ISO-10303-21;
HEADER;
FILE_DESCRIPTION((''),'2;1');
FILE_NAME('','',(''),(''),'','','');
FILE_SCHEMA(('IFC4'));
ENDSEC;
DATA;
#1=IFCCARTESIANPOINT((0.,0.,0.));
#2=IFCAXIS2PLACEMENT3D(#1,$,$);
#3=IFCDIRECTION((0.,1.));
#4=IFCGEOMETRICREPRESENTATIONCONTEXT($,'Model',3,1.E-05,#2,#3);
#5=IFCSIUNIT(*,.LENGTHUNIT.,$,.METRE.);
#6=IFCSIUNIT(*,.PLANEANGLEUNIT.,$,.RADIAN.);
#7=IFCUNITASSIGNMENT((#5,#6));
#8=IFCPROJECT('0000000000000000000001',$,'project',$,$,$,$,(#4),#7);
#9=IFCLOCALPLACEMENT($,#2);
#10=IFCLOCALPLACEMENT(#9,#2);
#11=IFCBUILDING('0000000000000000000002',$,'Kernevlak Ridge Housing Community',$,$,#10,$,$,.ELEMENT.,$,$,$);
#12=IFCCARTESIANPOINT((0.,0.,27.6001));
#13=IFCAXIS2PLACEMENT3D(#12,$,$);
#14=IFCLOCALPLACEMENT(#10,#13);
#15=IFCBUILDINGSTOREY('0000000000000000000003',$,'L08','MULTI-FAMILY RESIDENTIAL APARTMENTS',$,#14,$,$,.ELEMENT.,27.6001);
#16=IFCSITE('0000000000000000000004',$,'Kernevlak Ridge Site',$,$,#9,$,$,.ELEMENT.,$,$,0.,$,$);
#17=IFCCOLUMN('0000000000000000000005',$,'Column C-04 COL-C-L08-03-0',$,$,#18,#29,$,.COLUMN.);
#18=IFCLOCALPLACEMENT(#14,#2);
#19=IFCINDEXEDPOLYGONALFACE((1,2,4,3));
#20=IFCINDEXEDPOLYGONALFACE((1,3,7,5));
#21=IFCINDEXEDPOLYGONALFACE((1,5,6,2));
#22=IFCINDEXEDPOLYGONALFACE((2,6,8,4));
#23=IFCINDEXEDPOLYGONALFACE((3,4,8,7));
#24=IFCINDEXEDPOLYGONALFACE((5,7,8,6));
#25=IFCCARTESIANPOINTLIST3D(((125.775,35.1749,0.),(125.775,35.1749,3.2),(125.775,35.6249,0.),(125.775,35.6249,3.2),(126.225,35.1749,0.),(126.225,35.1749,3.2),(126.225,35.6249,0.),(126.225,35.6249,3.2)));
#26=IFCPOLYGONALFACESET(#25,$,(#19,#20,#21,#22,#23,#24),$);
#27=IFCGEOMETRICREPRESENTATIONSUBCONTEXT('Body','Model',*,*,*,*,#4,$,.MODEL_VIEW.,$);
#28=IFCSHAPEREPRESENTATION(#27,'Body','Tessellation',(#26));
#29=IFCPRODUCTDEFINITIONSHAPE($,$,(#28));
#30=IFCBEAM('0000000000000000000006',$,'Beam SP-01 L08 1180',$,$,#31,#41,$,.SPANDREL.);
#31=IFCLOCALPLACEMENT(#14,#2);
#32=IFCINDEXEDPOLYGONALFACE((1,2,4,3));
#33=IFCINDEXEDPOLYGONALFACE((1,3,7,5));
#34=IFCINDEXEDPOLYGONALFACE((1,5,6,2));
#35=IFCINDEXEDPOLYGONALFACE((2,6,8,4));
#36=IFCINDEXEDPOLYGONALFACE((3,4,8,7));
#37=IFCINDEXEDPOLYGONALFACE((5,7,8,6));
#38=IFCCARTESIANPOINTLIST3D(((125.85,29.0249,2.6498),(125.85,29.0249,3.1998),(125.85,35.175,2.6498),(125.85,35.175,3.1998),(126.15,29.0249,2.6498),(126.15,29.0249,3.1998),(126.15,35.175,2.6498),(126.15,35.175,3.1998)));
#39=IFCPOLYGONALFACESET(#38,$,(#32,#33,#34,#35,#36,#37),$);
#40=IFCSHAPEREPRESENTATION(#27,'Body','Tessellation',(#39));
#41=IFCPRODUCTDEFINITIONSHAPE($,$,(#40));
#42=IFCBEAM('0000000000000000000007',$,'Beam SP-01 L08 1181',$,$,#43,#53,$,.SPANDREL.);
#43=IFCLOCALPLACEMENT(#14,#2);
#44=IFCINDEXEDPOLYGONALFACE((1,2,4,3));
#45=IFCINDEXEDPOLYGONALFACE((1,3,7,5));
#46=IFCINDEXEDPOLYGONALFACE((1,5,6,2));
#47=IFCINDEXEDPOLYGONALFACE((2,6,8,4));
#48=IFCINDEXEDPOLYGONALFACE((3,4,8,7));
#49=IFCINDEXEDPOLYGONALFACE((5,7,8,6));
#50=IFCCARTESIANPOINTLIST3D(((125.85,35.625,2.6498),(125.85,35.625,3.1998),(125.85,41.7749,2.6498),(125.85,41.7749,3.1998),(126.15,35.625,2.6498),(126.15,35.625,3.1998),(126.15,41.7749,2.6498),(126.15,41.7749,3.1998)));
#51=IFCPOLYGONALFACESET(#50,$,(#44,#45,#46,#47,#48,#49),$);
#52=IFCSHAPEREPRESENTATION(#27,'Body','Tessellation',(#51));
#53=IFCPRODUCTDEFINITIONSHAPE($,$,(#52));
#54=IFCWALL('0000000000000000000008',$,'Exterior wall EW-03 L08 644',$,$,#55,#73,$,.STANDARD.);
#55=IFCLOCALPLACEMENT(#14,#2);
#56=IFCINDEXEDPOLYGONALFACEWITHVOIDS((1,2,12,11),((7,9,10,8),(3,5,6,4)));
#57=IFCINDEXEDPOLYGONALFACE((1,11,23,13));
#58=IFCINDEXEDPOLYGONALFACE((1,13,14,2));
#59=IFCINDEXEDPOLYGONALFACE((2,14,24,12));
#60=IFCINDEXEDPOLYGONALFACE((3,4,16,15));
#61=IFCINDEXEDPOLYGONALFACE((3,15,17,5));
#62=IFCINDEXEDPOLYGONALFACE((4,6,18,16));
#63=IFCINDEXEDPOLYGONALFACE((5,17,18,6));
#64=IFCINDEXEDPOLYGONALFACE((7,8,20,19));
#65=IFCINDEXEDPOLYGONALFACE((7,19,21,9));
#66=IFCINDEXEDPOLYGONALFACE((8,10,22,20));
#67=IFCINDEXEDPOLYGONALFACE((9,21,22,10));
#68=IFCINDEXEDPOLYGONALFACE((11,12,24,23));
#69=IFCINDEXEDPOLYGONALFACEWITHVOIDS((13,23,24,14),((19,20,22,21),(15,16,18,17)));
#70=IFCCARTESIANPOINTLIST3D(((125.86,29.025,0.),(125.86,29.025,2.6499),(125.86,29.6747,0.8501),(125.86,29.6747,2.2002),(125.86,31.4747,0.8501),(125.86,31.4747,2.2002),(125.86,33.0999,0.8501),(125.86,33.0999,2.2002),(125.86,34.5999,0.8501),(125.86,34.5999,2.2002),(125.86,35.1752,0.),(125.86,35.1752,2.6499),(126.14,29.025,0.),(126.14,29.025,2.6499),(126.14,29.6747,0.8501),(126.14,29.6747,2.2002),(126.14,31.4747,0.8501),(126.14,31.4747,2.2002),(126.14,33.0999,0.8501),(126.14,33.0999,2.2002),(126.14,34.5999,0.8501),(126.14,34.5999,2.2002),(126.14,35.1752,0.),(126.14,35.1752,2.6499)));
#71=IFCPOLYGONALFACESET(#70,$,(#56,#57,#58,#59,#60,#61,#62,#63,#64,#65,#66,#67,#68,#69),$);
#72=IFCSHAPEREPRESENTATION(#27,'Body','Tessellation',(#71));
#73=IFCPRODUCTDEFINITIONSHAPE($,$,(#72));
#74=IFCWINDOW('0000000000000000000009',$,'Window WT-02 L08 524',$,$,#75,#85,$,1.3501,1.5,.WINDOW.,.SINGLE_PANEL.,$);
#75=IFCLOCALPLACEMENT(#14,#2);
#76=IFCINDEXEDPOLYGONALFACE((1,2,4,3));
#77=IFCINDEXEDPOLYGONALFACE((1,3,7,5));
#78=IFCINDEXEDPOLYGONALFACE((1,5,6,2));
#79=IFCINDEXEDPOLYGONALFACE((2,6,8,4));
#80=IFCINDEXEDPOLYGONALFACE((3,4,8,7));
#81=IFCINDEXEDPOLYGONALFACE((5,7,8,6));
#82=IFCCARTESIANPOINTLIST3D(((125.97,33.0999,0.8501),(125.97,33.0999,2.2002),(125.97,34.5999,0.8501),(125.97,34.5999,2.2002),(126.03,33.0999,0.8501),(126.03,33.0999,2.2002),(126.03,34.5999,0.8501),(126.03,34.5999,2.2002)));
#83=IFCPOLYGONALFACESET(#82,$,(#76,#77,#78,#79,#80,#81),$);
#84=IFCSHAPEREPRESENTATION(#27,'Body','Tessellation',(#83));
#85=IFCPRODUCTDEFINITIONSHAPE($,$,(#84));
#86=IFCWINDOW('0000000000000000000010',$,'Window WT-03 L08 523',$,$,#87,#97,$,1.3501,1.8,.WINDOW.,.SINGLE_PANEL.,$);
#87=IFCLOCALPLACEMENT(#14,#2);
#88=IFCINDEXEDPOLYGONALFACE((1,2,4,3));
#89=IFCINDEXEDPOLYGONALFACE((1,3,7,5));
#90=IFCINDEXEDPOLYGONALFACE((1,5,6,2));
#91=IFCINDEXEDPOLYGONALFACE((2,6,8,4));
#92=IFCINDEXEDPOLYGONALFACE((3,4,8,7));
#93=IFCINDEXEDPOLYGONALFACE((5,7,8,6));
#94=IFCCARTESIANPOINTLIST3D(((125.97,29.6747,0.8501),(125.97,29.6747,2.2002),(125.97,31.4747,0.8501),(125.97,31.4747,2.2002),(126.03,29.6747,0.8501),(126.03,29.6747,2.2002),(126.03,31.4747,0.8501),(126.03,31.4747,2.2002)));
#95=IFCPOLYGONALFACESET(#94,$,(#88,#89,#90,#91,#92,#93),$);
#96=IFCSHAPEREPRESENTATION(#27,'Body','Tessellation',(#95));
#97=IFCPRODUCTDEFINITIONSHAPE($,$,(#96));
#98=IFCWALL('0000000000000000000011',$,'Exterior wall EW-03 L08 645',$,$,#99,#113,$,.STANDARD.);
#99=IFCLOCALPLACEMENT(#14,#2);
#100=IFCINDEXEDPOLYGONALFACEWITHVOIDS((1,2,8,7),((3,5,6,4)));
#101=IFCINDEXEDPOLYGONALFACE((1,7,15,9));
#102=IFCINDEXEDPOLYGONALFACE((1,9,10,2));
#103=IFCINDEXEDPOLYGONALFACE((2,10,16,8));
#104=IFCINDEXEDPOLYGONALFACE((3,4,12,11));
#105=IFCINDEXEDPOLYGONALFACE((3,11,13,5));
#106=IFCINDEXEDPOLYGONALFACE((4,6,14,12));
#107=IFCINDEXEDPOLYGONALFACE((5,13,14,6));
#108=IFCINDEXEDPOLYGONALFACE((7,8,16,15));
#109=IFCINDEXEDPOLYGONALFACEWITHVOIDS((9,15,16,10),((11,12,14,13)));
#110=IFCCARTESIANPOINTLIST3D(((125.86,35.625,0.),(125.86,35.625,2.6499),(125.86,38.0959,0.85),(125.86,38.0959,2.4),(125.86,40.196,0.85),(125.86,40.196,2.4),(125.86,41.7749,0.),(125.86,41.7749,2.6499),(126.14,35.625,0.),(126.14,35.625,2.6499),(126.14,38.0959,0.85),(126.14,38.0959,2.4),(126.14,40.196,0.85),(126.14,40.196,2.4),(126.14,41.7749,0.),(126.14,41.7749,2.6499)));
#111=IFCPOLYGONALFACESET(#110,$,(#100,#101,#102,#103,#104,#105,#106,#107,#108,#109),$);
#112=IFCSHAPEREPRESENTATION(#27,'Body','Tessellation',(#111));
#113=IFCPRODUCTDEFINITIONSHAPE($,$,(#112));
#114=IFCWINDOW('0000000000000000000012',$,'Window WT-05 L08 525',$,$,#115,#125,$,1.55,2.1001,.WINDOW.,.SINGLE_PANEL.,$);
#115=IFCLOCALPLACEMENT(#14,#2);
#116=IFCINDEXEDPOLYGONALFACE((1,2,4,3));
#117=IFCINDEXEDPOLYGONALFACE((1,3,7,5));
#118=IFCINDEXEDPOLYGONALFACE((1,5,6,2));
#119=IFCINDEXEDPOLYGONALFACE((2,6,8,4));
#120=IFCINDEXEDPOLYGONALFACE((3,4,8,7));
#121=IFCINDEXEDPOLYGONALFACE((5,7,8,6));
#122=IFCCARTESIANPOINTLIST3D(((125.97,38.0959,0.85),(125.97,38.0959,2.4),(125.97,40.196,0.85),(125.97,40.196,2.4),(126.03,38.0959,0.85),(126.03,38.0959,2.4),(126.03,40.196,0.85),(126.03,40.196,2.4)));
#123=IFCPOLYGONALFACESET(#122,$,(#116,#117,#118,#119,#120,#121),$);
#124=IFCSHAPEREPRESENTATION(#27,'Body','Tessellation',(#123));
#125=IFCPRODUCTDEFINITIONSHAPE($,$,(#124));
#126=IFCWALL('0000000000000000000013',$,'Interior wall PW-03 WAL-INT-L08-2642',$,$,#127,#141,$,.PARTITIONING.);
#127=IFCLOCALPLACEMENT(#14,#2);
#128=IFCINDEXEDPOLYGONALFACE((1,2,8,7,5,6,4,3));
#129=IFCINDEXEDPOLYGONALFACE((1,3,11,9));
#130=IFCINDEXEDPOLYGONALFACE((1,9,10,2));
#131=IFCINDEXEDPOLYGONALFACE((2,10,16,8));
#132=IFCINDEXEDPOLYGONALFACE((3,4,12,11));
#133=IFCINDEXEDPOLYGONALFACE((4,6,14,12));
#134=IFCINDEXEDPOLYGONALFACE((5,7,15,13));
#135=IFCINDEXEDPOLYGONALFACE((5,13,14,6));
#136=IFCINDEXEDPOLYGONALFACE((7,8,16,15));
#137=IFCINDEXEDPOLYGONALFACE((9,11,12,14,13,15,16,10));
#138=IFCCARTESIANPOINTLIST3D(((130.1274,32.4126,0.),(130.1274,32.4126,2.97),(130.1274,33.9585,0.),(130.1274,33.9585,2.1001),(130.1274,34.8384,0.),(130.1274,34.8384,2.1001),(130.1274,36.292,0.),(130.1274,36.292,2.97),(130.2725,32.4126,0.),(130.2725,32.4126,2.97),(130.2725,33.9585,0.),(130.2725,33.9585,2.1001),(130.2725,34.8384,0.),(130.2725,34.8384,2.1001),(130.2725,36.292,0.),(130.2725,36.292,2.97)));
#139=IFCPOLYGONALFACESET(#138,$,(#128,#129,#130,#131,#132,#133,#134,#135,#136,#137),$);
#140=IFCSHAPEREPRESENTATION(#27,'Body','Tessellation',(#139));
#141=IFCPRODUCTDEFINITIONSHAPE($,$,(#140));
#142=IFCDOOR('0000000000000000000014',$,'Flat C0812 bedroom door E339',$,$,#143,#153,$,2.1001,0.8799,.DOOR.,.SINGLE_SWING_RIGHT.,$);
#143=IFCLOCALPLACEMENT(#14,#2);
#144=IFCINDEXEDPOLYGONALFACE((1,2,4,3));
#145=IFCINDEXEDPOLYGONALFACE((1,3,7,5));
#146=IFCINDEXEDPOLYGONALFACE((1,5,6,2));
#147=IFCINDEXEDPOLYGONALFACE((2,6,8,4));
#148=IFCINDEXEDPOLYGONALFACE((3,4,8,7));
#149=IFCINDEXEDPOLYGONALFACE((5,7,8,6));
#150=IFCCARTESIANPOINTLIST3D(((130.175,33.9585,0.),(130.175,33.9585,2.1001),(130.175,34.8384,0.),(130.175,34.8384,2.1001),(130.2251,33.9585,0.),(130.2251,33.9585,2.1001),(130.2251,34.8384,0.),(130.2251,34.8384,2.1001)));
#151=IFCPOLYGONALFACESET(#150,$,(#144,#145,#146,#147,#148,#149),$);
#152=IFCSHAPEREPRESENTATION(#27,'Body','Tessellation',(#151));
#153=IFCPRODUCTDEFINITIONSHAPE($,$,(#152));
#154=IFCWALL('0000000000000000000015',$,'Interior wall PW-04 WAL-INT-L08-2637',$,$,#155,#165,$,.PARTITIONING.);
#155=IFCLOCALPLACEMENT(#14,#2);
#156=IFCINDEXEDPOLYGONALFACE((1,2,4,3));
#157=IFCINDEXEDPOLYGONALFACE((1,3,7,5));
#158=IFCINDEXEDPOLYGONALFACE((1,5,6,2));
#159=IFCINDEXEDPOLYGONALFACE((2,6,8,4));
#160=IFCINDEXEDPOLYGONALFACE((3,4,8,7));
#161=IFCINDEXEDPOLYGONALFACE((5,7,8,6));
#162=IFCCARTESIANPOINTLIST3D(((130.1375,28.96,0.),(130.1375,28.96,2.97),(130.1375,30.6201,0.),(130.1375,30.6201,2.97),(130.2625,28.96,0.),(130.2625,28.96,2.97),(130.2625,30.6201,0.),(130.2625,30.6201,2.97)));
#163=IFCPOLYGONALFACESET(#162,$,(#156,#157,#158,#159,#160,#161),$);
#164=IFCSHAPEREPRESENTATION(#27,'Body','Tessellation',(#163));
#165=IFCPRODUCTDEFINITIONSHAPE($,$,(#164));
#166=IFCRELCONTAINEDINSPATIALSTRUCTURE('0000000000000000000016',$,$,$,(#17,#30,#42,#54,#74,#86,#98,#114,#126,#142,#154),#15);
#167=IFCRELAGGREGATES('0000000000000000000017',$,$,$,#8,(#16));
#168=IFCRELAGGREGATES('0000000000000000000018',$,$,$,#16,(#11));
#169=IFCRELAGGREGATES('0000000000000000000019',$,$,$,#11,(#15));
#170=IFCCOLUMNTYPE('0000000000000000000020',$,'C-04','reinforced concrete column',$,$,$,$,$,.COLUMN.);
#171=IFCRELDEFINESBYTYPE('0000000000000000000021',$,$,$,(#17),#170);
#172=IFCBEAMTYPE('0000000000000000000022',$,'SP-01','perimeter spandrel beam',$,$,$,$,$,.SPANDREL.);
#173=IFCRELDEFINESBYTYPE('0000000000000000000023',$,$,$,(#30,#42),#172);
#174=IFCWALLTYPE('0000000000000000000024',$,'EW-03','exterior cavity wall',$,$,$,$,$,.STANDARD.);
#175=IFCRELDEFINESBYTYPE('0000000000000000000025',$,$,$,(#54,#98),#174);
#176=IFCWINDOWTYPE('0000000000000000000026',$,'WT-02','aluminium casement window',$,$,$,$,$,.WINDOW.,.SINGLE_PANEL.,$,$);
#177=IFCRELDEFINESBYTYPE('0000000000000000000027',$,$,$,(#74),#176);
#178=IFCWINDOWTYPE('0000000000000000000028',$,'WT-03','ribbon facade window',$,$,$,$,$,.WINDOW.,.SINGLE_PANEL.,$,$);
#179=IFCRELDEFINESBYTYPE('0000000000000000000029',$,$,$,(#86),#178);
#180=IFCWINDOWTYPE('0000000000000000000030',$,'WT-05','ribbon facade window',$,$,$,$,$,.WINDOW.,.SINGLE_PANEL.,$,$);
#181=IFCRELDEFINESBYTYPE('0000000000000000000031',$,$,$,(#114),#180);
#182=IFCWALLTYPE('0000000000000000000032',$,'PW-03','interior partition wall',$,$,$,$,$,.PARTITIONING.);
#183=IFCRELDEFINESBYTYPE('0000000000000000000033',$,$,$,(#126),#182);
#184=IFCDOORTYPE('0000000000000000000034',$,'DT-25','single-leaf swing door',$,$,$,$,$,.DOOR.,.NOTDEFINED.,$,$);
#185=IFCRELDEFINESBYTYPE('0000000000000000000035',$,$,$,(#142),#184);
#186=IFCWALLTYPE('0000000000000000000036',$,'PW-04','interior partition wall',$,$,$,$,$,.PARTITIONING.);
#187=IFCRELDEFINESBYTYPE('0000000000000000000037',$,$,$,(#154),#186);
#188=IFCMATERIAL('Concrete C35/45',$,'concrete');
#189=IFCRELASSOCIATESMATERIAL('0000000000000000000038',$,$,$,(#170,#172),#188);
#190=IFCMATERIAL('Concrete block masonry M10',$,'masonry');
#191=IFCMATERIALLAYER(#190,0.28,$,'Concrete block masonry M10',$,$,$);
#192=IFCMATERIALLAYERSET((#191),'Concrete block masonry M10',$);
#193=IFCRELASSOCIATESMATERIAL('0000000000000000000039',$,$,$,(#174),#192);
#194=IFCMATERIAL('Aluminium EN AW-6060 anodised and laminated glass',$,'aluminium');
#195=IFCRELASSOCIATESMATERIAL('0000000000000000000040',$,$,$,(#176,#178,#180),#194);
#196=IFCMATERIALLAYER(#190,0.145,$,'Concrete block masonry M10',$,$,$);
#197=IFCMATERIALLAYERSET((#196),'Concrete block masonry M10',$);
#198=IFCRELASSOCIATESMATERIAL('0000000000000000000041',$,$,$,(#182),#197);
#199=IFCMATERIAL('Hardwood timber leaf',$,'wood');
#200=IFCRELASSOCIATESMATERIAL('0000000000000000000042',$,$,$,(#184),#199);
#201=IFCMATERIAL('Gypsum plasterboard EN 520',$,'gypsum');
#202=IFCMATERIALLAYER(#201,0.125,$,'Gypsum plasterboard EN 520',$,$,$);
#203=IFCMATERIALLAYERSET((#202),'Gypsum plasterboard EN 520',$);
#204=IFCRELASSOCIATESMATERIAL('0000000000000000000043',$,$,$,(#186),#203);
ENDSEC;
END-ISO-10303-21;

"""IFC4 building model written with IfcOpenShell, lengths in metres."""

from ifc_helpers import new_model, si_unit, direction, frame, frame_2d, origin, origin_2d, place, context, subcontext, project, spatial, rectangle, extrude, material, layer, layer_set, material_profile, profile_set, type_object, element, fill, save


model = new_model("IFC4")

# Units and contexts
model_context = context("Model", 3, precision=1e-05, world=origin(), true_north=direction((0.0, 1.0)))
body_context = subcontext(model_context, "Body", "Model", "MODEL_VIEW")
ifc_project = project(units=[si_unit("LENGTHUNIT", "METRE"), si_unit("PLANEANGLEUNIT", "RADIAN")], contexts=[model_context])

# Site, building, storey
site_placement = place(None, origin())
site = spatial("IfcSite", under=ifc_project, at=site_placement, Name="Kernevlak Ridge Site", CompositionType="ELEMENT", RefElevation=0.0)
building_placement = place(site_placement, origin())
building = spatial("IfcBuilding", under=site, at=building_placement, Name="Kernevlak Ridge Housing Community", CompositionType="ELEMENT")
storey_placement = place(building_placement, frame((0.0, 0.0, 27.6001)))
storey = spatial("IfcBuildingStorey", under=building, at=storey_placement, Name="L08", Description="MULTI-FAMILY RESIDENTIAL APARTMENTS", CompositionType="ELEMENT", Elevation=27.6001)

# Column
ifc_material_1 = material(Name="Concrete C35/45", Category="concrete")
ifc_material_profile_1 = material_profile(ifc_material_1, rectangle(XDim=0.45, YDim=0.45, at=origin_2d()), Name="RC 450x450")
ifc_profile_set_1 = profile_set([ifc_material_profile_1], Name="Concrete C35/45")
column_type = type_object("IfcColumnType", Name="C-04", Description="reinforced concrete column", PredefinedType="COLUMN", material=ifc_profile_set_1)
column_placement = place(storey_placement, frame((126.0, 35.3999, 0.0), z_axis=(0.0, 0.0, 1.0), x_axis=(1.0, 0.0, 0.0)))
element("IfcColumn", 1, at=column_placement, inside=storey, type_object=column_type, Name="Column C-04 COL-C-L08-03-0", PredefinedType="COLUMN", context=body_context, shape_type="SweptSolid", body=[
    extrude(rectangle(XDim=0.45, YDim=0.45, at=origin_2d()), origin(), (0.0, 0.0, 1.0), 3.2),
])

# Beams
ifc_material_profile_2 = material_profile(ifc_material_1, rectangle(XDim=0.3, YDim=0.55, at=origin_2d()), Name="RC 300x550")
ifc_profile_set_2 = profile_set([ifc_material_profile_2], Name="Concrete C35/45")
beam_type = type_object("IfcBeamType", Name="SP-01", Description="perimeter spandrel beam", PredefinedType="SPANDREL", material=ifc_profile_set_2)
beam_1_placement = place(storey_placement, frame((126.0, 29.0249, 2.9248), z_axis=(0.0, 1.0, 0.0), x_axis=(-1.0, 0.0, 0.0)))
element("IfcBeam", 2, at=beam_1_placement, inside=storey, type_object=beam_type, Name="Beam SP-01 L08 1180", PredefinedType="SPANDREL", context=body_context, shape_type="SweptSolid", body=[
    extrude(rectangle(XDim=0.3, YDim=0.55, at=origin_2d()), origin(), (0.0, 0.0, 1.0), 6.1501),
])
beam_2_placement = place(storey_placement, frame((126.0, 35.625, 2.9248), z_axis=(0.0, 1.0, 0.0), x_axis=(-1.0, 0.0, 0.0)))
element("IfcBeam", 3, at=beam_2_placement, inside=storey, type_object=beam_type, Name="Beam SP-01 L08 1181", PredefinedType="SPANDREL", context=body_context, shape_type="SweptSolid", body=[
    extrude(rectangle(XDim=0.3, YDim=0.55, at=origin_2d()), origin(), (0.0, 0.0, 1.0), 6.1499),
])

# Wall, openings, windows
ifc_material_2 = material(Name="Concrete block masonry M10", Category="masonry")
ifc_layer_1 = layer(ifc_material_2, 0.28, Name="Concrete block masonry M10")
ifc_layer_set_1 = layer_set([ifc_layer_1], Name="Concrete block masonry M10")
wall_type_1 = type_object("IfcWallType", Name="EW-03", Description="exterior cavity wall", PredefinedType="STANDARD", material=ifc_layer_set_1)
wall_1_placement = place(storey_placement, frame((126.0, 29.0249, 0.0), z_axis=(0.0, 0.0, 1.0), x_axis=(0.0, 1.0, 0.0)))
wall_1 = element("IfcWall", 4, at=wall_1_placement, inside=storey, type_object=wall_type_1, Name="Exterior wall EW-03 L08 644", PredefinedType="STANDARD", context=body_context, shape_type="SweptSolid", body=[
    extrude(rectangle(XDim=6.1501, YDim=0.28, at=frame_2d((3.0752, 0.0))), origin(), (0.0, 0.0, 1.0), 2.6499),
])
opening_1_placement = place(wall_1_placement, frame((0.6499, 0.0, 0.8501)))
opening_1 = element("IfcOpeningElement", 5, at=opening_1_placement, cuts=wall_1, PredefinedType="OPENING", context=body_context, shape_type="SweptSolid", body=[
    extrude(rectangle(XDim=1.8, YDim=1.3501, at=frame_2d((0.8999, 0.675))), frame((0.0, 0.1499, 0.0), z_axis=(0.0, -1.0, 0.0), x_axis=(1.0, 0.0, 0.0)), (0.0, 0.0, 1.0), 0.3),
])
opening_2_placement = place(wall_1_placement, frame((4.075, 0.0, 0.8501)))
opening_2 = element("IfcOpeningElement", 6, at=opening_2_placement, cuts=wall_1, PredefinedType="OPENING", context=body_context, shape_type="SweptSolid", body=[
    extrude(rectangle(XDim=1.5, YDim=1.3501, at=frame_2d((0.75, 0.675))), frame((0.0, 0.1499, 0.0), z_axis=(0.0, -1.0, 0.0), x_axis=(1.0, 0.0, 0.0)), (0.0, 0.0, 1.0), 0.3),
])
ifc_material_3 = material(Name="Aluminium EN AW-6060 anodised and laminated glass", Category="aluminium")
window_type_1 = type_object("IfcWindowType", Name="WT-02", Description="aluminium casement window", PartitioningType="SINGLE_PANEL", PredefinedType="WINDOW", material=ifc_material_3)
window_1_placement = place(opening_2_placement, origin())
window_1 = element("IfcWindow", 7, at=window_1_placement, inside=storey, type_object=window_type_1, Name="Window WT-02 L08 524", OverallHeight=1.3501, OverallWidth=1.5, PartitioningType="SINGLE_PANEL", PredefinedType="WINDOW", context=body_context, shape_type="SweptSolid", body=[
    extrude(rectangle(XDim=1.5, YDim=1.3501, at=frame_2d((0.75, 0.675))), frame((0.0, 0.03, 0.0), z_axis=(0.0, -1.0, 0.0), x_axis=(1.0, 0.0, 0.0)), (0.0, 0.0, 1.0), 0.0601),
])
fill(opening_2, window_1)
window_type_2 = type_object("IfcWindowType", Name="WT-03", Description="ribbon facade window", PartitioningType="SINGLE_PANEL", PredefinedType="WINDOW", material=ifc_material_3)
window_2_placement = place(opening_1_placement, origin())
window_2 = element("IfcWindow", 8, at=window_2_placement, inside=storey, type_object=window_type_2, Name="Window WT-03 L08 523", OverallHeight=1.3501, OverallWidth=1.8, PartitioningType="SINGLE_PANEL", PredefinedType="WINDOW", context=body_context, shape_type="SweptSolid", body=[
    extrude(rectangle(XDim=1.8, YDim=1.3501, at=frame_2d((0.8999, 0.675))), frame((0.0, 0.03, 0.0), z_axis=(0.0, -1.0, 0.0), x_axis=(1.0, 0.0, 0.0)), (0.0, 0.0, 1.0), 0.0601),
])
fill(opening_1, window_2)

# Wall, opening, window
wall_2_placement = place(storey_placement, frame((126.0, 35.625, 0.0), z_axis=(0.0, 0.0, 1.0), x_axis=(0.0, 1.0, 0.0)))
wall_2 = element("IfcWall", 9, at=wall_2_placement, inside=storey, type_object=wall_type_1, Name="Exterior wall EW-03 L08 645", PredefinedType="STANDARD", context=body_context, shape_type="SweptSolid", body=[
    extrude(rectangle(XDim=6.1499, YDim=0.28, at=frame_2d((3.075, 0.0))), origin(), (0.0, 0.0, 1.0), 2.6499),
])
opening_3_placement = place(wall_2_placement, frame((2.4709, 0.0, 0.8501)))
opening_3 = element("IfcOpeningElement", 10, at=opening_3_placement, cuts=wall_2, PredefinedType="OPENING", context=body_context, shape_type="SweptSolid", body=[
    extrude(rectangle(XDim=2.1001, YDim=1.55, at=frame_2d((1.05, 0.7749))), frame((0.0, 0.1499, 0.0), z_axis=(0.0, -1.0, 0.0), x_axis=(1.0, 0.0, 0.0)), (0.0, 0.0, 1.0), 0.3),
])
window_type_3 = type_object("IfcWindowType", Name="WT-05", Description="ribbon facade window", PartitioningType="SINGLE_PANEL", PredefinedType="WINDOW", material=ifc_material_3)
window_3_placement = place(opening_3_placement, origin())
window_3 = element("IfcWindow", 11, at=window_3_placement, inside=storey, type_object=window_type_3, Name="Window WT-05 L08 525", OverallHeight=1.55, OverallWidth=2.1001, PartitioningType="SINGLE_PANEL", PredefinedType="WINDOW", context=body_context, shape_type="SweptSolid", body=[
    extrude(rectangle(XDim=2.1001, YDim=1.55, at=frame_2d((1.05, 0.7749))), frame((0.0, 0.03, 0.0), z_axis=(0.0, -1.0, 0.0), x_axis=(1.0, 0.0, 0.0)), (0.0, 0.0, 1.0), 0.0601),
])
fill(opening_3, window_3)

# Wall, opening, door
ifc_layer_2 = layer(ifc_material_2, 0.145, Name="Concrete block masonry M10")
ifc_layer_set_2 = layer_set([ifc_layer_2], Name="Concrete block masonry M10")
wall_type_2 = type_object("IfcWallType", Name="PW-03", Description="interior partition wall", PredefinedType="PARTITIONING", material=ifc_layer_set_2)
ifc_material_4 = material(Name="Hardwood timber leaf", Category="wood")
wall_3_placement = place(storey_placement, frame((130.2, 32.4126, 0.0), z_axis=(0.0, 0.0, 1.0), x_axis=(0.0, 1.0, 0.0)))
wall_3 = element("IfcWall", 12, at=wall_3_placement, inside=storey, type_object=wall_type_2, Name="Interior wall PW-03 WAL-INT-L08-2642", PredefinedType="PARTITIONING", context=body_context, shape_type="SweptSolid", body=[
    extrude(rectangle(XDim=3.8794, YDim=0.145, at=frame_2d((1.9397, 0.0))), origin(), (0.0, 0.0, 1.0), 2.97),
])
opening_4_placement = place(wall_3_placement, frame((1.5459, 0.0, 0.0)))
opening_4 = element("IfcOpeningElement", 13, at=opening_4_placement, cuts=wall_3, PredefinedType="OPENING", context=body_context, shape_type="SweptSolid", body=[
    extrude(rectangle(XDim=0.8799, YDim=2.1001, at=frame_2d((0.4399, 1.05))), frame((0.0, 0.0825, 0.0), z_axis=(0.0, -1.0, 0.0), x_axis=(1.0, 0.0, 0.0)), (0.0, 0.0, 1.0), 0.165),
])
door_type_1 = type_object("IfcDoorType", Name="DT-25", Description="single-leaf swing door", OperationType="NOTDEFINED", PredefinedType="DOOR", material=ifc_material_4)
door_1_placement = place(opening_4_placement, origin())
door_1 = element("IfcDoor", 14, at=door_1_placement, inside=storey, type_object=door_type_1, Name="Flat C0812 bedroom door E339", OperationType="SINGLE_SWING_RIGHT", OverallHeight=2.1001, OverallWidth=0.8799, PredefinedType="DOOR", context=body_context, shape_type="SweptSolid", body=[
    extrude(rectangle(XDim=0.8799, YDim=2.1001, at=frame_2d((0.4399, 1.05))), frame((0.0, 0.0249, 0.0), z_axis=(0.0, -1.0, 0.0), x_axis=(1.0, 0.0, 0.0)), (0.0, 0.0, 1.0), 0.05),
])
fill(opening_4, door_1)

# Wall
ifc_material_5 = material(Name="Gypsum plasterboard EN 520", Category="gypsum")
ifc_layer_3 = layer(ifc_material_5, 0.125, Name="Gypsum plasterboard EN 520")
ifc_layer_set_3 = layer_set([ifc_layer_3], Name="Gypsum plasterboard EN 520")
wall_type_3 = type_object("IfcWallType", Name="PW-04", Description="interior partition wall", PredefinedType="PARTITIONING", material=ifc_layer_set_3)
wall_4_placement = place(storey_placement, frame((130.2, 28.96, 0.0), z_axis=(0.0, 0.0, 1.0), x_axis=(0.0, 1.0, 0.0)))
element("IfcWall", 15, at=wall_4_placement, inside=storey, type_object=wall_type_3, Name="Interior wall PW-04 WAL-INT-L08-2637", PredefinedType="PARTITIONING", context=body_context, shape_type="SweptSolid", body=[
    extrude(rectangle(XDim=1.6602, YDim=0.125, at=frame_2d((0.8301, 0.0))), origin(), (0.0, 0.0, 1.0), 2.97),
])

save(model, "model.ifc")
